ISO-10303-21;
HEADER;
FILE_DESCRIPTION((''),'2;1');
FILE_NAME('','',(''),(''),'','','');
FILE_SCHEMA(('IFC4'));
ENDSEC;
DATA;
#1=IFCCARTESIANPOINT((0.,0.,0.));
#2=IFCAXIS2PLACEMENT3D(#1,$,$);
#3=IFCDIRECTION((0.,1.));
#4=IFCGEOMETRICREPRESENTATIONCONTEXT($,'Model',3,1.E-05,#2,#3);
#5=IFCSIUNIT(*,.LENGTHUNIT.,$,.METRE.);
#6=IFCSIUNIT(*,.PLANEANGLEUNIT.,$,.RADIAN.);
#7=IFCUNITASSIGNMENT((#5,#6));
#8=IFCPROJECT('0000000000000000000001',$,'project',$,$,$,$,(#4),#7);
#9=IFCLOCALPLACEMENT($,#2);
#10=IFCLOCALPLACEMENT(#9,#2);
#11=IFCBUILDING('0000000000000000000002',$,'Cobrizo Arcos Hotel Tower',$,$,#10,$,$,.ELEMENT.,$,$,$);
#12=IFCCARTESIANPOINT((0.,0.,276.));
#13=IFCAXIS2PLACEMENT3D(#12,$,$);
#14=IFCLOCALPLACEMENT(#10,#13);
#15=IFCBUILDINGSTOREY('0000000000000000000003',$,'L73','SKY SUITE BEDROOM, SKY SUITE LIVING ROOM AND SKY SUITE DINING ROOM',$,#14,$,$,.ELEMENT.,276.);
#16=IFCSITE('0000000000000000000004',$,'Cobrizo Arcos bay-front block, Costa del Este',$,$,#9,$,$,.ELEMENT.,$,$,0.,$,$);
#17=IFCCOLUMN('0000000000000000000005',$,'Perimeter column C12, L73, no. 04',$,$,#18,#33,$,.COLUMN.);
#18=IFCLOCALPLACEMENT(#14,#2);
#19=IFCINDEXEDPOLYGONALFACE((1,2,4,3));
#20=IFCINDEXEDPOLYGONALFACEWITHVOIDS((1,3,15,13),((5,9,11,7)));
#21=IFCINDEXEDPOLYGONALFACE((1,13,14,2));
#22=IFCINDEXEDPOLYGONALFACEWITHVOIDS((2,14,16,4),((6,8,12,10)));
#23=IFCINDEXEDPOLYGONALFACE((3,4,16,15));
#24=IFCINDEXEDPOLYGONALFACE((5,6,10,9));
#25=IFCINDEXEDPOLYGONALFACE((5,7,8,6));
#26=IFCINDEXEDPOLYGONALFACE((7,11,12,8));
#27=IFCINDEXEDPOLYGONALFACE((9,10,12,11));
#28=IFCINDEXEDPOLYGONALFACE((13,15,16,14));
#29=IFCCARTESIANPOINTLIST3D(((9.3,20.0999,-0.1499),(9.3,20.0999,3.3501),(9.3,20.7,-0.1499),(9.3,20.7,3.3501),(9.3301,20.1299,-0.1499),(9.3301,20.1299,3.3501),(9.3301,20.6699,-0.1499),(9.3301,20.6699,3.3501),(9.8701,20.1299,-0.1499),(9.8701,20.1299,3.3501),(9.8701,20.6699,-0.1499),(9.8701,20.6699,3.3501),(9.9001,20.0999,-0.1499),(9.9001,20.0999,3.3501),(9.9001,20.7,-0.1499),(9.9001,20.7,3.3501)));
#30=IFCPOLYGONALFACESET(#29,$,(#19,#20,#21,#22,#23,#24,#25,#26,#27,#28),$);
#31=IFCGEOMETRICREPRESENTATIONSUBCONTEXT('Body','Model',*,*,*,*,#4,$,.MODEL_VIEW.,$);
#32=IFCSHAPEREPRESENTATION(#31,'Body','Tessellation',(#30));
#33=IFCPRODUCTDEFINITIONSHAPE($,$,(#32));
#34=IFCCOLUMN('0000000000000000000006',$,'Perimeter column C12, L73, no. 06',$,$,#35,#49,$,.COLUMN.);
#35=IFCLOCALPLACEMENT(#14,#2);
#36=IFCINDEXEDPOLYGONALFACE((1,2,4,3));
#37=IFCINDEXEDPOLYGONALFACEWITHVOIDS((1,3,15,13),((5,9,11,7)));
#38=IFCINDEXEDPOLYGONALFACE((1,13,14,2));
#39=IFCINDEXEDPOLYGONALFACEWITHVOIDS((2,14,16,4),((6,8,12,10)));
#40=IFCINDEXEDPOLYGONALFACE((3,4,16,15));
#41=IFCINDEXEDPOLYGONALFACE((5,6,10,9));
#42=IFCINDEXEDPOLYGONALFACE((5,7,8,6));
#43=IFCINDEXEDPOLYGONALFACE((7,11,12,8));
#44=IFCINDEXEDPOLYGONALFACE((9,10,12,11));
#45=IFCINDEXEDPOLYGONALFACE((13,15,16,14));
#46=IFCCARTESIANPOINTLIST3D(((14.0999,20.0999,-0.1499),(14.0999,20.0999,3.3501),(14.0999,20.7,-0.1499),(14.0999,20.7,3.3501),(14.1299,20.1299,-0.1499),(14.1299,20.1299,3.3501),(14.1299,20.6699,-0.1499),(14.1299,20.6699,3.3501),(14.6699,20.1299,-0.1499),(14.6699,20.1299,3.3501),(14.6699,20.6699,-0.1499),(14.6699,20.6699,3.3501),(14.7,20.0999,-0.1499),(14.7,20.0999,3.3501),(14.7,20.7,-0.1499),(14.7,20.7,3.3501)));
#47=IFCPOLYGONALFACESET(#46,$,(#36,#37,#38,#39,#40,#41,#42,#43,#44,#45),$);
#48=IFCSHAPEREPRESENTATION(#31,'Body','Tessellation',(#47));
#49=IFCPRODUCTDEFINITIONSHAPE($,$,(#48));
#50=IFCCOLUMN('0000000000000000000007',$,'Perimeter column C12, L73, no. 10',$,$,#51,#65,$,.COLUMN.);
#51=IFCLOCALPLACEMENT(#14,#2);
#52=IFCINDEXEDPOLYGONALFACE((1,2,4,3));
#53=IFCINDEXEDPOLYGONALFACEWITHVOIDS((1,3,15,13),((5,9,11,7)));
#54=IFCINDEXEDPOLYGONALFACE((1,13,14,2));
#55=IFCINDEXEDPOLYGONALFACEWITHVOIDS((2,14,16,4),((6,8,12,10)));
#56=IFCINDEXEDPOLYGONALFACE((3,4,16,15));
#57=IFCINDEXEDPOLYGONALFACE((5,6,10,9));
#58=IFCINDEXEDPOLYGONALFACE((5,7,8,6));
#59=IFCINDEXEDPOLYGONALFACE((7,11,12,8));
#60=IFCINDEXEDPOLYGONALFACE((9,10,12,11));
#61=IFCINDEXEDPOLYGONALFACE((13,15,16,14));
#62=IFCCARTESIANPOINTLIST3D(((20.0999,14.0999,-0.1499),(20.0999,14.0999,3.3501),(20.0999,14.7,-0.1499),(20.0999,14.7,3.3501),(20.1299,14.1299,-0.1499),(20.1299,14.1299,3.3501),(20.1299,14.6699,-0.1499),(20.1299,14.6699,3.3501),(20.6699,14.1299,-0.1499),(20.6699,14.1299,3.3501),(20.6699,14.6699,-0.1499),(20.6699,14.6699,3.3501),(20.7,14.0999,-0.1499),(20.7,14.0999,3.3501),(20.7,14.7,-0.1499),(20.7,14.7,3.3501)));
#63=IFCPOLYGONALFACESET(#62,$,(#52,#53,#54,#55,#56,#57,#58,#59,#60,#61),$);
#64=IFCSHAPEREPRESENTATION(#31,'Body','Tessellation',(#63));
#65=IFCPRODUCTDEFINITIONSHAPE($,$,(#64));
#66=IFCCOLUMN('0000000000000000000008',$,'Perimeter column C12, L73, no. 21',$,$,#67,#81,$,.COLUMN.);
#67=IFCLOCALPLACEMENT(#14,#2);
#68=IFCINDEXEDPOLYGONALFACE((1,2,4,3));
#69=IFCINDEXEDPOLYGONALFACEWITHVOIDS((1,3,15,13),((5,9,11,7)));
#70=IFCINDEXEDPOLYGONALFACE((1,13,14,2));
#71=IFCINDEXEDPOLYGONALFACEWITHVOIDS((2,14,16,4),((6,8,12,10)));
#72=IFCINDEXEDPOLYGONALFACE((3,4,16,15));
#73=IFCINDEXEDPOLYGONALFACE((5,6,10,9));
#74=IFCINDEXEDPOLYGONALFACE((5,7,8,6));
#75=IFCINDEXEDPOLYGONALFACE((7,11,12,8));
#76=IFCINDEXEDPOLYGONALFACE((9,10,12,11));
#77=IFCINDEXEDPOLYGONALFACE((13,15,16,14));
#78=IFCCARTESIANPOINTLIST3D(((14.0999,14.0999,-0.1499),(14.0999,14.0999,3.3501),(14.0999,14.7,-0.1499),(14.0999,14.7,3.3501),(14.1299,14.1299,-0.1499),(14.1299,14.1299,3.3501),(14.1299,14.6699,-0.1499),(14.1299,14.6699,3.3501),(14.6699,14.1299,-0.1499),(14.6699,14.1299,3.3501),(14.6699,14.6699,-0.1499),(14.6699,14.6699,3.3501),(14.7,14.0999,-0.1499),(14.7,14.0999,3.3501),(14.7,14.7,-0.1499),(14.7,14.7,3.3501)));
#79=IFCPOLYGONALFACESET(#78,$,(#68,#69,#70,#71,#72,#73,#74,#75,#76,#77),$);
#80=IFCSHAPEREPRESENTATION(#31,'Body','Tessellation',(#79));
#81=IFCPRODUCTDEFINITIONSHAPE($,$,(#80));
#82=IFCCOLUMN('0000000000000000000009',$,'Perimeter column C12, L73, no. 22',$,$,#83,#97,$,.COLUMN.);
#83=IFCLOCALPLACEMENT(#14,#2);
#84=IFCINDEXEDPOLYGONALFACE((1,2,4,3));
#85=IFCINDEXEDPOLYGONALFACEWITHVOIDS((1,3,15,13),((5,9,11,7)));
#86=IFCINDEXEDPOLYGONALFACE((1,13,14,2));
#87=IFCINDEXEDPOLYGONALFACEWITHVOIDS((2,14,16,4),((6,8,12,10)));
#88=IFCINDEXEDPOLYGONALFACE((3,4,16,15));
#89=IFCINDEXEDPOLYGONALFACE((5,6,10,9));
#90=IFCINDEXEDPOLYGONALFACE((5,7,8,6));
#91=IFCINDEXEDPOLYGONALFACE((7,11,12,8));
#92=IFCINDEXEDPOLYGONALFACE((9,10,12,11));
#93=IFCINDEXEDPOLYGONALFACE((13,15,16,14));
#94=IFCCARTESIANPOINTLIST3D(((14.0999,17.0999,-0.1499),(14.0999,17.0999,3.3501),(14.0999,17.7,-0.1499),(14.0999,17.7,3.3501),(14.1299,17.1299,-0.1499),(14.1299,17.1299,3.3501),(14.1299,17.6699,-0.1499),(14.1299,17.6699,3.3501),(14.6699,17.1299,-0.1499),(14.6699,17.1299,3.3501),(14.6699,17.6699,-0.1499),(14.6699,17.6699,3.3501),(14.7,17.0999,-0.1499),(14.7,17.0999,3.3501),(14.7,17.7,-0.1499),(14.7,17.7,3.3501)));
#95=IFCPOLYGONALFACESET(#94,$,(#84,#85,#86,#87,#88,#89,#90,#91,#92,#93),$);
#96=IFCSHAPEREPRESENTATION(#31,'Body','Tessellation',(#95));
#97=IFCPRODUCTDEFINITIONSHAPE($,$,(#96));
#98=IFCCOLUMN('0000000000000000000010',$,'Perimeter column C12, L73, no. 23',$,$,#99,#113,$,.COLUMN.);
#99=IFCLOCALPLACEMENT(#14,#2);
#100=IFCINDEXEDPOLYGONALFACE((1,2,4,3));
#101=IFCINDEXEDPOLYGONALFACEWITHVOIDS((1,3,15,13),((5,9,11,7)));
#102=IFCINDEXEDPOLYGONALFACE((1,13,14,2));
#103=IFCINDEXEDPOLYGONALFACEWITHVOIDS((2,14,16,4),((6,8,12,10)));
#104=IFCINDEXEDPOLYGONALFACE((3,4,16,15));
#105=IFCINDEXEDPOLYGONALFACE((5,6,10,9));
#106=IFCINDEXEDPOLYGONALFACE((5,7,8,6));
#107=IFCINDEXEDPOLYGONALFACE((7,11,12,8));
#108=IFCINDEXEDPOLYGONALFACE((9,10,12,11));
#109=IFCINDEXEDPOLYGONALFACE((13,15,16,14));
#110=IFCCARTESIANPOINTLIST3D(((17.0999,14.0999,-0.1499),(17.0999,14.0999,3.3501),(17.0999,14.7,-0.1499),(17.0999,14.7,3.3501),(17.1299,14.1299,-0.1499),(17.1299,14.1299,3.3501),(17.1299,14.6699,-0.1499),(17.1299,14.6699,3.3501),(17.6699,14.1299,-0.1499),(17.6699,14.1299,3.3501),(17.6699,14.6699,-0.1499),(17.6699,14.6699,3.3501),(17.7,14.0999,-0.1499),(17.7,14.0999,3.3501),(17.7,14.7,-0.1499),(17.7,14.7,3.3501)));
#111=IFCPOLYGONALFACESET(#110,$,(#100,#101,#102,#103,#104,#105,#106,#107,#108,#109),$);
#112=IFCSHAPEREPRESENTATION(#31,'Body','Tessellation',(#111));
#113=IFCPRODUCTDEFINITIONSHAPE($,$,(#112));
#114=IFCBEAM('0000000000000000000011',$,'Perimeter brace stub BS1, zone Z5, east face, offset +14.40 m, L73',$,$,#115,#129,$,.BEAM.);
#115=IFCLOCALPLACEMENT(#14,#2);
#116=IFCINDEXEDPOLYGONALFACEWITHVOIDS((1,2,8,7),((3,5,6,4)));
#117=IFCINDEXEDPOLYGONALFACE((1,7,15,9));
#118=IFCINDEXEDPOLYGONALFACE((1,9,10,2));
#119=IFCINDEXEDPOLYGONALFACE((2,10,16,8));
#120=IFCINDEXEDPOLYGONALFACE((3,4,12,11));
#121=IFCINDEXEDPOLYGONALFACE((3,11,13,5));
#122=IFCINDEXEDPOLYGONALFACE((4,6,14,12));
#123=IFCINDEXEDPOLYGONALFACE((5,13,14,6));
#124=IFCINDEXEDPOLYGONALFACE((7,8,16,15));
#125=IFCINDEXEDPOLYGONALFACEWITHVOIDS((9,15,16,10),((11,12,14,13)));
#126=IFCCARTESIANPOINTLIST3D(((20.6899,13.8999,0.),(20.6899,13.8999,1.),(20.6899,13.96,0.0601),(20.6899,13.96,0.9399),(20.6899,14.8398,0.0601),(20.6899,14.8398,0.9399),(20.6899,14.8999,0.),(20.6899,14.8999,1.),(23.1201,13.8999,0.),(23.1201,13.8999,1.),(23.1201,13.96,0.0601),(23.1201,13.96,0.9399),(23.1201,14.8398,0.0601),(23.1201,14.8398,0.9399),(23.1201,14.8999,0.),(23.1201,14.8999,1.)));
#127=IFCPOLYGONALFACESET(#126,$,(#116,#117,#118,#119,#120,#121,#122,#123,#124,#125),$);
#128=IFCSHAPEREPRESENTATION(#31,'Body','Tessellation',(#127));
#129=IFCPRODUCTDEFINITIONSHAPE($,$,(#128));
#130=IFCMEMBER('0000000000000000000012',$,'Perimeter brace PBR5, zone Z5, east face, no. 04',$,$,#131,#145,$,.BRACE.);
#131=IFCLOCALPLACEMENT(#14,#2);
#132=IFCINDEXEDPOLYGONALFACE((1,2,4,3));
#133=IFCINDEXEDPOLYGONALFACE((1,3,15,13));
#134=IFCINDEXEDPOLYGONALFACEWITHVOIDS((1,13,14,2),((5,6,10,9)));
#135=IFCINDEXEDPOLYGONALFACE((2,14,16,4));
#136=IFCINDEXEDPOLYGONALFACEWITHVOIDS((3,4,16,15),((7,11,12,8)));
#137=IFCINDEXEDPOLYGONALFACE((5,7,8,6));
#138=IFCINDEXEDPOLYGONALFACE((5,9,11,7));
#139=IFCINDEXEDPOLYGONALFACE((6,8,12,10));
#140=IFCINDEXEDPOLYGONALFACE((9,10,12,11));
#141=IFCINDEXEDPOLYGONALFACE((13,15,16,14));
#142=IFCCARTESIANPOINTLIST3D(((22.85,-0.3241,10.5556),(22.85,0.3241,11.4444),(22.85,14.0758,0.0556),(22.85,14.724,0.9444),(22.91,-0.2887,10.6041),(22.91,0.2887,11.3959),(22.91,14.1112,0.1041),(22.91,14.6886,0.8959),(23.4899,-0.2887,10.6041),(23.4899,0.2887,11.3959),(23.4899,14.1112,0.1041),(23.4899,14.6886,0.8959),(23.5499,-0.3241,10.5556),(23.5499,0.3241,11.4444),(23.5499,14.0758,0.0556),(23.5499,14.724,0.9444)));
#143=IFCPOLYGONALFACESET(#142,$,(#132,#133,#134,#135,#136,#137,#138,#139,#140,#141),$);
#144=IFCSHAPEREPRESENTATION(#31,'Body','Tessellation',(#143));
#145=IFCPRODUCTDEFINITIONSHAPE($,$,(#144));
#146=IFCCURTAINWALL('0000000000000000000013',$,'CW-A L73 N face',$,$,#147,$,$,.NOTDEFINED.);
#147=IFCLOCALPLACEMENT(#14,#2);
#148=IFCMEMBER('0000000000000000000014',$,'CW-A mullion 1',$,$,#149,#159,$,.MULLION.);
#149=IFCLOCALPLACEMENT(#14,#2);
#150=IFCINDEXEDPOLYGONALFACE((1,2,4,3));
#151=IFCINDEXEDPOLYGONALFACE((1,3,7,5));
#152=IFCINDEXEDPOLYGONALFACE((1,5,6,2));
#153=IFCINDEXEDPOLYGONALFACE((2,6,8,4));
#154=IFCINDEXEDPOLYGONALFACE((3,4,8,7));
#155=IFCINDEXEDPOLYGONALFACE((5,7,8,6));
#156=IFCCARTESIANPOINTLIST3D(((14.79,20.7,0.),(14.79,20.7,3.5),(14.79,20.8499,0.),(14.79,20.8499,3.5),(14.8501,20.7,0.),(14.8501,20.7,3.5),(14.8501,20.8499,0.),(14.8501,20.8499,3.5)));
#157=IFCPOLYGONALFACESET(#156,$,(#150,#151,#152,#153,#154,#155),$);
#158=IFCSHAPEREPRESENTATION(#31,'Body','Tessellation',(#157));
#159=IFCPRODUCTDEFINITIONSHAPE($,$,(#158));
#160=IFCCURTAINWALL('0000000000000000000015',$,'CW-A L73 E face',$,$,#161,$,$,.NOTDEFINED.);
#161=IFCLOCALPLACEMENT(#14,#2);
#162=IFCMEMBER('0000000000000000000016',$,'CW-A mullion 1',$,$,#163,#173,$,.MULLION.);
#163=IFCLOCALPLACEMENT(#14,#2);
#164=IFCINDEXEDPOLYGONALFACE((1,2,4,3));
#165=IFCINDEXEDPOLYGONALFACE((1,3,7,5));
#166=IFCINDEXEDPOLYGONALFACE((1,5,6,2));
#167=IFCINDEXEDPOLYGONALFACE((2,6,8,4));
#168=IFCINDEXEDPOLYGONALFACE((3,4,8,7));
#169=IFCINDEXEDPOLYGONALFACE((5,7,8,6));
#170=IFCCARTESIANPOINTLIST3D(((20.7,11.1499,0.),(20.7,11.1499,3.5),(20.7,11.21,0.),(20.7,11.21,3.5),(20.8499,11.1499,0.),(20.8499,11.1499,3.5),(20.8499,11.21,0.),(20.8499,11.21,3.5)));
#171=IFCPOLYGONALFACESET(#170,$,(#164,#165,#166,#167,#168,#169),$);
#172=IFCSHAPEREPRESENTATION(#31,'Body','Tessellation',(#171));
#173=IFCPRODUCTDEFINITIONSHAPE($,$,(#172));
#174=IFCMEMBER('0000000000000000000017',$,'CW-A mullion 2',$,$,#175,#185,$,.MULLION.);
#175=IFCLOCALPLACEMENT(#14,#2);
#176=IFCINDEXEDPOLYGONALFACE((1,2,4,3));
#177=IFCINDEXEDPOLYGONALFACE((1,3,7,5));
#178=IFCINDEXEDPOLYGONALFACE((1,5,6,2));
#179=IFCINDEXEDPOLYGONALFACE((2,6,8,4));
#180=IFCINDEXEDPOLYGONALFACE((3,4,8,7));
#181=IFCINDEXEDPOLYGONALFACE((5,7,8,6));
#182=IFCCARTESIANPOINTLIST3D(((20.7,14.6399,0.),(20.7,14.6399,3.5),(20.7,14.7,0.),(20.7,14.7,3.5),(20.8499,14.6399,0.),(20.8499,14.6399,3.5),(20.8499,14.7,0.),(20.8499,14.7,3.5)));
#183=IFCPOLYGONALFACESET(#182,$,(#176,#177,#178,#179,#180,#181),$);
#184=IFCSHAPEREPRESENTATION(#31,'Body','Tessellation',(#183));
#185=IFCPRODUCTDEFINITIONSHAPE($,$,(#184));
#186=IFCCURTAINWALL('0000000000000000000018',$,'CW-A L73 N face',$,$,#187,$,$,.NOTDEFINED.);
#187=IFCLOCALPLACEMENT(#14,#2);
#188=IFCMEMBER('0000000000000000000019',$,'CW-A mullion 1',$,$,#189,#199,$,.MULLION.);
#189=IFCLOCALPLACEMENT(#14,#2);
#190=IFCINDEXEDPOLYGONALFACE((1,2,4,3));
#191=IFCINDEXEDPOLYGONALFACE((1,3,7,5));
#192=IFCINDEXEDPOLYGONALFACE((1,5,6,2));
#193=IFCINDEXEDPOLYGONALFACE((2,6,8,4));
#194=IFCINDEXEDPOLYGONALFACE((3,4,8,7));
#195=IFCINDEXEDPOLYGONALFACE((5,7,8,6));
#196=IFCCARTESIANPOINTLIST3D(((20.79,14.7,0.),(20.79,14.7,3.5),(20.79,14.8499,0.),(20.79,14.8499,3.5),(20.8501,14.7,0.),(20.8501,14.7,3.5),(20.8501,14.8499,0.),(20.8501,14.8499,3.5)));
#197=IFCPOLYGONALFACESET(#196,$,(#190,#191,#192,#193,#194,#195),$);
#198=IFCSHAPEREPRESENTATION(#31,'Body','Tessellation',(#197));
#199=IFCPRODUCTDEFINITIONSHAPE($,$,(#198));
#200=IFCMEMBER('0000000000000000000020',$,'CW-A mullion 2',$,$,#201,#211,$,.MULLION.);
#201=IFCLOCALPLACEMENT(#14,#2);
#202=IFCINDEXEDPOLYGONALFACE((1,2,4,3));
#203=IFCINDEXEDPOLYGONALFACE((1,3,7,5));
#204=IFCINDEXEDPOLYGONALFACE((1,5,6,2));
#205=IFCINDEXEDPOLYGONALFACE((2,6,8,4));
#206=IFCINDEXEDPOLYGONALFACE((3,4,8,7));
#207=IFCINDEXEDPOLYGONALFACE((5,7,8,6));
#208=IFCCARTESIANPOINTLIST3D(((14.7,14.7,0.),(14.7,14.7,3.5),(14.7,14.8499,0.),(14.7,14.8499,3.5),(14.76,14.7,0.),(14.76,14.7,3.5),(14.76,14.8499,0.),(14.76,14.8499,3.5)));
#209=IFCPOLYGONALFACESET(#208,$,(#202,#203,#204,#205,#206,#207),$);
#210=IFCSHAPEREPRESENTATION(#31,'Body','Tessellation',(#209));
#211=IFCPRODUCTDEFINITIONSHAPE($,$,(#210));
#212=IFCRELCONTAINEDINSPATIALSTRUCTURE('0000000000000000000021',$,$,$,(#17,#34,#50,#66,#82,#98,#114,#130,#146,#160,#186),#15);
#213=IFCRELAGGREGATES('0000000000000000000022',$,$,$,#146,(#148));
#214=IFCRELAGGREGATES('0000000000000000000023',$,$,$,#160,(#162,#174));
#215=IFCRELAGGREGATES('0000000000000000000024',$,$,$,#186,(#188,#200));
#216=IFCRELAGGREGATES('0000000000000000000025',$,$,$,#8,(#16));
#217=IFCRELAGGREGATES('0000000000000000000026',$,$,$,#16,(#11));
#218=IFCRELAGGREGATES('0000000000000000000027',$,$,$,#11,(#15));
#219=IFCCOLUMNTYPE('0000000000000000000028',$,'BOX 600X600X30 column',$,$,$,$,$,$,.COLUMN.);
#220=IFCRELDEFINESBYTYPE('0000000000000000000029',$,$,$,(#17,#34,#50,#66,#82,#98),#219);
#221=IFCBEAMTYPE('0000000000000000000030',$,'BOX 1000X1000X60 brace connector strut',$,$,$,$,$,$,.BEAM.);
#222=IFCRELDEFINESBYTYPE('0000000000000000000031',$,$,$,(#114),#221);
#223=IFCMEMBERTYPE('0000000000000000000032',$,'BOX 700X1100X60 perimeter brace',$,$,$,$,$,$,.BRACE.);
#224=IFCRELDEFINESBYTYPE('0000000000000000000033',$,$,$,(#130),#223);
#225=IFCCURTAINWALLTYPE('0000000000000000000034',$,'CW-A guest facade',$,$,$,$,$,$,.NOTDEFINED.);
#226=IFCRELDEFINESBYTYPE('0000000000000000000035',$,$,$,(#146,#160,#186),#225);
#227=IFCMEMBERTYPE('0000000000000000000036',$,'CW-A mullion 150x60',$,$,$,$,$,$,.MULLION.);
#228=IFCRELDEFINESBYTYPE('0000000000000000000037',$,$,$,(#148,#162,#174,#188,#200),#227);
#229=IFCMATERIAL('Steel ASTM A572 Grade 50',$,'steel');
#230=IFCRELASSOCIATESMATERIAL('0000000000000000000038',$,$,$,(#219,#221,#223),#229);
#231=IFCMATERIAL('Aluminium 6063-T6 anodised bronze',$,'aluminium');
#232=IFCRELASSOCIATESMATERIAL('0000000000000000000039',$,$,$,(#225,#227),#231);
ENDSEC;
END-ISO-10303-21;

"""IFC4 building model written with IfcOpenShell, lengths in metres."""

from ifc_helpers import new_model, si_unit, direction, frame, origin, origin_2d, place, context, subcontext, project, spatial, rectangle, hollow_rectangle, extrude, material, material_profile, profile_set, type_object, element, aggregate, save


model = new_model("IFC4")

# Units and contexts
model_context = context("Model", 3, precision=1e-05, world=origin(), true_north=direction((0.0, 1.0)))
body_context = subcontext(model_context, "Body", "Model", "MODEL_VIEW")
ifc_project = project(units=[si_unit("LENGTHUNIT", "METRE"), si_unit("PLANEANGLEUNIT", "RADIAN")], contexts=[model_context])

# Site, building, storey
site_placement = place(None, origin())
site = spatial("IfcSite", under=ifc_project, at=site_placement, Name="Cobrizo Arcos bay-front block, Costa del Este", CompositionType="ELEMENT", RefElevation=0.0)
building_placement = place(site_placement, origin())
building = spatial("IfcBuilding", under=site, at=building_placement, Name="Cobrizo Arcos Hotel Tower", CompositionType="ELEMENT")
storey_placement = place(building_placement, frame((0.0, 0.0, 276.0)))
storey = spatial("IfcBuildingStorey", under=building, at=storey_placement, Name="L73", Description="SKY SUITE BEDROOM, SKY SUITE LIVING ROOM AND SKY SUITE DINING ROOM", CompositionType="ELEMENT", Elevation=276.0)

# Columns
ifc_material_1 = material(Name="Steel ASTM A572 Grade 50", Category="steel")
ifc_material_profile_1 = material_profile(ifc_material_1, hollow_rectangle(XDim=0.6001, YDim=0.6001, WallThickness=0.03, at=origin_2d()), Name="BOX 600X600X30")
ifc_profile_set_1 = profile_set([ifc_material_profile_1], Name="Steel ASTM A572 Grade 50")
column_type = type_object("IfcColumnType", Name="BOX 600X600X30 column", PredefinedType="COLUMN", material=ifc_profile_set_1)
for number, where, z_axis, x_axis, name in (
    (1, (9.6001, 20.3999, -0.1499), (0.0, 0.0, 1.0), (1.0, 0.0, 0.0), "Perimeter column C12, L73, no. 04"),
    (2, (14.3999, 20.3999, -0.1499), (0.0, 0.0, 1.0), (1.0, 0.0, 0.0), "Perimeter column C12, L73, no. 06"),
    (3, (20.3999, 14.3999, -0.1499), (0.0, 0.0, 1.0), (1.0, 0.0, 0.0), "Perimeter column C12, L73, no. 10"),
    (4, (14.3999, 14.3999, -0.1499), (0.0, 0.0, 1.0), (1.0, 0.0, 0.0), "Perimeter column C12, L73, no. 21"),
    (5, (14.3999, 17.3999, -0.1499), (0.0, 0.0, 1.0), (1.0, 0.0, 0.0), "Perimeter column C12, L73, no. 22"),
    (6, (17.3999, 14.3999, -0.1499), (0.0, 0.0, 1.0), (1.0, 0.0, 0.0), "Perimeter column C12, L73, no. 23"),
):
    element("IfcColumn", number, at=place(storey_placement, frame(where, z_axis=z_axis, x_axis=x_axis)), inside=storey, type_object=column_type, Name=name, PredefinedType="COLUMN", context=body_context, shape_type="SweptSolid", body=[
        extrude(hollow_rectangle(XDim=0.6001, YDim=0.6001, WallThickness=0.03, at=origin_2d()), origin(), (0.0, 0.0, 1.0), 3.5),
    ])

# Beam
ifc_material_profile_2 = material_profile(ifc_material_1, hollow_rectangle(XDim=1.0, YDim=1.0, WallThickness=0.0601, at=origin_2d()), Name="BOX 1000X1000X60")
ifc_profile_set_2 = profile_set([ifc_material_profile_2], Name="Steel ASTM A572 Grade 50")
beam_type_1 = type_object("IfcBeamType", Name="BOX 1000X1000X60 brace connector strut", PredefinedType="BEAM", material=ifc_profile_set_2)
beam_1_placement = place(storey_placement, frame((20.6899, 14.3999, 0.5), z_axis=(1.0, 0.0, 0.0), x_axis=(0.0, 1.0, 0.0)))
element("IfcBeam", 7, at=beam_1_placement, inside=storey, type_object=beam_type_1, Name="Perimeter brace stub BS1, zone Z5, east face, offset +14.40 m, L73", PredefinedType="BEAM", context=body_context, shape_type="SweptSolid", body=[
    extrude(hollow_rectangle(XDim=1.0, YDim=1.0, WallThickness=0.0601, at=origin_2d()), origin(), (0.0, 0.0, 1.0), 2.4302),
])

# Member
ifc_material_profile_3 = material_profile(ifc_material_1, hollow_rectangle(XDim=0.7, YDim=1.1001, WallThickness=0.0601, at=origin_2d()), Name="BOX 700X1100X60")
ifc_profile_set_3 = profile_set([ifc_material_profile_3], Name="Steel ASTM A572 Grade 50")
member_type_1 = type_object("IfcMemberType", Name="BOX 700X1100X60 perimeter brace", PredefinedType="BRACE", material=ifc_profile_set_3)
member_1_placement = place(storey_placement, frame((23.2, 14.3999, 0.5), z_axis=(0.0, -0.808006, 0.589175), x_axis=(1.0, 0.0, 0.0)))
element("IfcMember", 8, at=member_1_placement, inside=storey, type_object=member_type_1, Name="Perimeter brace PBR5, zone Z5, east face, no. 04", PredefinedType="BRACE", context=body_context, shape_type="SweptSolid", body=[
    extrude(hollow_rectangle(XDim=0.7, YDim=1.1001, WallThickness=0.0601, at=origin_2d()), origin(), (0.0, 0.0, 1.0), 17.8215),
])

# Curtain wall, member
ifc_material_2 = material(Name="Aluminium 6063-T6 anodised bronze", Category="aluminium")
curtain_wall_type_1 = type_object("IfcCurtainWallType", Name="CW-A guest facade", PredefinedType="NOTDEFINED", material=ifc_material_2)
curtain_wall_1_placement = place(storey_placement, origin())
curtain_wall_1 = element("IfcCurtainWall", 9, at=curtain_wall_1_placement, inside=storey, type_object=curtain_wall_type_1, Name="CW-A L73 N face", PredefinedType="NOTDEFINED")
ifc_material_profile_4 = material_profile(ifc_material_2, rectangle(XDim=0.1499, YDim=0.0601, at=origin_2d()), Name="CW-A mullion 150x60")
ifc_profile_set_4 = profile_set([ifc_material_profile_4], Name="Aluminium 6063-T6 anodised bronze")
member_type_2 = type_object("IfcMemberType", Name="CW-A mullion 150x60", PredefinedType="MULLION", material=ifc_profile_set_4)
member_2_placement = place(storey_placement, frame((14.8201, 20.7749, 0.0), z_axis=(0.0, 0.0, 1.0), x_axis=(0.0, 1.0, 0.0)))
member_2 = element("IfcMember", 10, at=member_2_placement, type_object=member_type_2, Name="CW-A mullion 1", PredefinedType="MULLION", context=body_context, shape_type="SweptSolid", body=[
    extrude(rectangle(XDim=0.1499, YDim=0.0601, at=origin_2d()), origin(), (0.0, 0.0, 1.0), 3.5),
])

# Curtain walls, members
curtain_wall_2_placement = place(storey_placement, origin())
curtain_wall_2 = element("IfcCurtainWall", 11, at=curtain_wall_2_placement, inside=storey, type_object=curtain_wall_type_1, Name="CW-A L73 E face", PredefinedType="NOTDEFINED")
member_3_placement = place(storey_placement, frame((20.7749, 11.1799, 0.0), z_axis=(0.0, 0.0, 1.0), x_axis=(1.0, 0.0, 0.0)))
member_3 = element("IfcMember", 12, at=member_3_placement, type_object=member_type_2, Name="CW-A mullion 1", PredefinedType="MULLION", context=body_context, shape_type="SweptSolid", body=[
    extrude(rectangle(XDim=0.1499, YDim=0.0601, at=origin_2d()), origin(), (0.0, 0.0, 1.0), 3.5),
])
member_4_placement = place(storey_placement, frame((20.7749, 14.6699, 0.0), z_axis=(0.0, 0.0, 1.0), x_axis=(1.0, 0.0, 0.0)))
member_4 = element("IfcMember", 13, at=member_4_placement, type_object=member_type_2, Name="CW-A mullion 2", PredefinedType="MULLION", context=body_context, shape_type="SweptSolid", body=[
    extrude(rectangle(XDim=0.1499, YDim=0.0601, at=origin_2d()), origin(), (0.0, 0.0, 1.0), 3.5),
])
curtain_wall_3_placement = place(storey_placement, origin())
curtain_wall_3 = element("IfcCurtainWall", 14, at=curtain_wall_3_placement, inside=storey, type_object=curtain_wall_type_1, Name="CW-A L73 N face", PredefinedType="NOTDEFINED")
member_5_placement = place(storey_placement, frame((20.8201, 14.7749, 0.0), z_axis=(0.0, 0.0, 1.0), x_axis=(0.0, 1.0, 0.0)))
member_5 = element("IfcMember", 15, at=member_5_placement, type_object=member_type_2, Name="CW-A mullion 1", PredefinedType="MULLION", context=body_context, shape_type="SweptSolid", body=[
    extrude(rectangle(XDim=0.1499, YDim=0.0601, at=origin_2d()), origin(), (0.0, 0.0, 1.0), 3.5),
])
member_6_placement = place(storey_placement, frame((14.73, 14.7749, 0.0), z_axis=(0.0, 0.0, 1.0), x_axis=(0.0, 1.0, 0.0)))
member_6 = element("IfcMember", 16, at=member_6_placement, type_object=member_type_2, Name="CW-A mullion 2", PredefinedType="MULLION", context=body_context, shape_type="SweptSolid", body=[
    extrude(rectangle(XDim=0.1499, YDim=0.0601, at=origin_2d()), origin(), (0.0, 0.0, 1.0), 3.5),
])

aggregate(curtain_wall_1, [member_2])
aggregate(curtain_wall_2, [member_3, member_4])
aggregate(curtain_wall_3, [member_5, member_6])

save(model, "model.ifc")
